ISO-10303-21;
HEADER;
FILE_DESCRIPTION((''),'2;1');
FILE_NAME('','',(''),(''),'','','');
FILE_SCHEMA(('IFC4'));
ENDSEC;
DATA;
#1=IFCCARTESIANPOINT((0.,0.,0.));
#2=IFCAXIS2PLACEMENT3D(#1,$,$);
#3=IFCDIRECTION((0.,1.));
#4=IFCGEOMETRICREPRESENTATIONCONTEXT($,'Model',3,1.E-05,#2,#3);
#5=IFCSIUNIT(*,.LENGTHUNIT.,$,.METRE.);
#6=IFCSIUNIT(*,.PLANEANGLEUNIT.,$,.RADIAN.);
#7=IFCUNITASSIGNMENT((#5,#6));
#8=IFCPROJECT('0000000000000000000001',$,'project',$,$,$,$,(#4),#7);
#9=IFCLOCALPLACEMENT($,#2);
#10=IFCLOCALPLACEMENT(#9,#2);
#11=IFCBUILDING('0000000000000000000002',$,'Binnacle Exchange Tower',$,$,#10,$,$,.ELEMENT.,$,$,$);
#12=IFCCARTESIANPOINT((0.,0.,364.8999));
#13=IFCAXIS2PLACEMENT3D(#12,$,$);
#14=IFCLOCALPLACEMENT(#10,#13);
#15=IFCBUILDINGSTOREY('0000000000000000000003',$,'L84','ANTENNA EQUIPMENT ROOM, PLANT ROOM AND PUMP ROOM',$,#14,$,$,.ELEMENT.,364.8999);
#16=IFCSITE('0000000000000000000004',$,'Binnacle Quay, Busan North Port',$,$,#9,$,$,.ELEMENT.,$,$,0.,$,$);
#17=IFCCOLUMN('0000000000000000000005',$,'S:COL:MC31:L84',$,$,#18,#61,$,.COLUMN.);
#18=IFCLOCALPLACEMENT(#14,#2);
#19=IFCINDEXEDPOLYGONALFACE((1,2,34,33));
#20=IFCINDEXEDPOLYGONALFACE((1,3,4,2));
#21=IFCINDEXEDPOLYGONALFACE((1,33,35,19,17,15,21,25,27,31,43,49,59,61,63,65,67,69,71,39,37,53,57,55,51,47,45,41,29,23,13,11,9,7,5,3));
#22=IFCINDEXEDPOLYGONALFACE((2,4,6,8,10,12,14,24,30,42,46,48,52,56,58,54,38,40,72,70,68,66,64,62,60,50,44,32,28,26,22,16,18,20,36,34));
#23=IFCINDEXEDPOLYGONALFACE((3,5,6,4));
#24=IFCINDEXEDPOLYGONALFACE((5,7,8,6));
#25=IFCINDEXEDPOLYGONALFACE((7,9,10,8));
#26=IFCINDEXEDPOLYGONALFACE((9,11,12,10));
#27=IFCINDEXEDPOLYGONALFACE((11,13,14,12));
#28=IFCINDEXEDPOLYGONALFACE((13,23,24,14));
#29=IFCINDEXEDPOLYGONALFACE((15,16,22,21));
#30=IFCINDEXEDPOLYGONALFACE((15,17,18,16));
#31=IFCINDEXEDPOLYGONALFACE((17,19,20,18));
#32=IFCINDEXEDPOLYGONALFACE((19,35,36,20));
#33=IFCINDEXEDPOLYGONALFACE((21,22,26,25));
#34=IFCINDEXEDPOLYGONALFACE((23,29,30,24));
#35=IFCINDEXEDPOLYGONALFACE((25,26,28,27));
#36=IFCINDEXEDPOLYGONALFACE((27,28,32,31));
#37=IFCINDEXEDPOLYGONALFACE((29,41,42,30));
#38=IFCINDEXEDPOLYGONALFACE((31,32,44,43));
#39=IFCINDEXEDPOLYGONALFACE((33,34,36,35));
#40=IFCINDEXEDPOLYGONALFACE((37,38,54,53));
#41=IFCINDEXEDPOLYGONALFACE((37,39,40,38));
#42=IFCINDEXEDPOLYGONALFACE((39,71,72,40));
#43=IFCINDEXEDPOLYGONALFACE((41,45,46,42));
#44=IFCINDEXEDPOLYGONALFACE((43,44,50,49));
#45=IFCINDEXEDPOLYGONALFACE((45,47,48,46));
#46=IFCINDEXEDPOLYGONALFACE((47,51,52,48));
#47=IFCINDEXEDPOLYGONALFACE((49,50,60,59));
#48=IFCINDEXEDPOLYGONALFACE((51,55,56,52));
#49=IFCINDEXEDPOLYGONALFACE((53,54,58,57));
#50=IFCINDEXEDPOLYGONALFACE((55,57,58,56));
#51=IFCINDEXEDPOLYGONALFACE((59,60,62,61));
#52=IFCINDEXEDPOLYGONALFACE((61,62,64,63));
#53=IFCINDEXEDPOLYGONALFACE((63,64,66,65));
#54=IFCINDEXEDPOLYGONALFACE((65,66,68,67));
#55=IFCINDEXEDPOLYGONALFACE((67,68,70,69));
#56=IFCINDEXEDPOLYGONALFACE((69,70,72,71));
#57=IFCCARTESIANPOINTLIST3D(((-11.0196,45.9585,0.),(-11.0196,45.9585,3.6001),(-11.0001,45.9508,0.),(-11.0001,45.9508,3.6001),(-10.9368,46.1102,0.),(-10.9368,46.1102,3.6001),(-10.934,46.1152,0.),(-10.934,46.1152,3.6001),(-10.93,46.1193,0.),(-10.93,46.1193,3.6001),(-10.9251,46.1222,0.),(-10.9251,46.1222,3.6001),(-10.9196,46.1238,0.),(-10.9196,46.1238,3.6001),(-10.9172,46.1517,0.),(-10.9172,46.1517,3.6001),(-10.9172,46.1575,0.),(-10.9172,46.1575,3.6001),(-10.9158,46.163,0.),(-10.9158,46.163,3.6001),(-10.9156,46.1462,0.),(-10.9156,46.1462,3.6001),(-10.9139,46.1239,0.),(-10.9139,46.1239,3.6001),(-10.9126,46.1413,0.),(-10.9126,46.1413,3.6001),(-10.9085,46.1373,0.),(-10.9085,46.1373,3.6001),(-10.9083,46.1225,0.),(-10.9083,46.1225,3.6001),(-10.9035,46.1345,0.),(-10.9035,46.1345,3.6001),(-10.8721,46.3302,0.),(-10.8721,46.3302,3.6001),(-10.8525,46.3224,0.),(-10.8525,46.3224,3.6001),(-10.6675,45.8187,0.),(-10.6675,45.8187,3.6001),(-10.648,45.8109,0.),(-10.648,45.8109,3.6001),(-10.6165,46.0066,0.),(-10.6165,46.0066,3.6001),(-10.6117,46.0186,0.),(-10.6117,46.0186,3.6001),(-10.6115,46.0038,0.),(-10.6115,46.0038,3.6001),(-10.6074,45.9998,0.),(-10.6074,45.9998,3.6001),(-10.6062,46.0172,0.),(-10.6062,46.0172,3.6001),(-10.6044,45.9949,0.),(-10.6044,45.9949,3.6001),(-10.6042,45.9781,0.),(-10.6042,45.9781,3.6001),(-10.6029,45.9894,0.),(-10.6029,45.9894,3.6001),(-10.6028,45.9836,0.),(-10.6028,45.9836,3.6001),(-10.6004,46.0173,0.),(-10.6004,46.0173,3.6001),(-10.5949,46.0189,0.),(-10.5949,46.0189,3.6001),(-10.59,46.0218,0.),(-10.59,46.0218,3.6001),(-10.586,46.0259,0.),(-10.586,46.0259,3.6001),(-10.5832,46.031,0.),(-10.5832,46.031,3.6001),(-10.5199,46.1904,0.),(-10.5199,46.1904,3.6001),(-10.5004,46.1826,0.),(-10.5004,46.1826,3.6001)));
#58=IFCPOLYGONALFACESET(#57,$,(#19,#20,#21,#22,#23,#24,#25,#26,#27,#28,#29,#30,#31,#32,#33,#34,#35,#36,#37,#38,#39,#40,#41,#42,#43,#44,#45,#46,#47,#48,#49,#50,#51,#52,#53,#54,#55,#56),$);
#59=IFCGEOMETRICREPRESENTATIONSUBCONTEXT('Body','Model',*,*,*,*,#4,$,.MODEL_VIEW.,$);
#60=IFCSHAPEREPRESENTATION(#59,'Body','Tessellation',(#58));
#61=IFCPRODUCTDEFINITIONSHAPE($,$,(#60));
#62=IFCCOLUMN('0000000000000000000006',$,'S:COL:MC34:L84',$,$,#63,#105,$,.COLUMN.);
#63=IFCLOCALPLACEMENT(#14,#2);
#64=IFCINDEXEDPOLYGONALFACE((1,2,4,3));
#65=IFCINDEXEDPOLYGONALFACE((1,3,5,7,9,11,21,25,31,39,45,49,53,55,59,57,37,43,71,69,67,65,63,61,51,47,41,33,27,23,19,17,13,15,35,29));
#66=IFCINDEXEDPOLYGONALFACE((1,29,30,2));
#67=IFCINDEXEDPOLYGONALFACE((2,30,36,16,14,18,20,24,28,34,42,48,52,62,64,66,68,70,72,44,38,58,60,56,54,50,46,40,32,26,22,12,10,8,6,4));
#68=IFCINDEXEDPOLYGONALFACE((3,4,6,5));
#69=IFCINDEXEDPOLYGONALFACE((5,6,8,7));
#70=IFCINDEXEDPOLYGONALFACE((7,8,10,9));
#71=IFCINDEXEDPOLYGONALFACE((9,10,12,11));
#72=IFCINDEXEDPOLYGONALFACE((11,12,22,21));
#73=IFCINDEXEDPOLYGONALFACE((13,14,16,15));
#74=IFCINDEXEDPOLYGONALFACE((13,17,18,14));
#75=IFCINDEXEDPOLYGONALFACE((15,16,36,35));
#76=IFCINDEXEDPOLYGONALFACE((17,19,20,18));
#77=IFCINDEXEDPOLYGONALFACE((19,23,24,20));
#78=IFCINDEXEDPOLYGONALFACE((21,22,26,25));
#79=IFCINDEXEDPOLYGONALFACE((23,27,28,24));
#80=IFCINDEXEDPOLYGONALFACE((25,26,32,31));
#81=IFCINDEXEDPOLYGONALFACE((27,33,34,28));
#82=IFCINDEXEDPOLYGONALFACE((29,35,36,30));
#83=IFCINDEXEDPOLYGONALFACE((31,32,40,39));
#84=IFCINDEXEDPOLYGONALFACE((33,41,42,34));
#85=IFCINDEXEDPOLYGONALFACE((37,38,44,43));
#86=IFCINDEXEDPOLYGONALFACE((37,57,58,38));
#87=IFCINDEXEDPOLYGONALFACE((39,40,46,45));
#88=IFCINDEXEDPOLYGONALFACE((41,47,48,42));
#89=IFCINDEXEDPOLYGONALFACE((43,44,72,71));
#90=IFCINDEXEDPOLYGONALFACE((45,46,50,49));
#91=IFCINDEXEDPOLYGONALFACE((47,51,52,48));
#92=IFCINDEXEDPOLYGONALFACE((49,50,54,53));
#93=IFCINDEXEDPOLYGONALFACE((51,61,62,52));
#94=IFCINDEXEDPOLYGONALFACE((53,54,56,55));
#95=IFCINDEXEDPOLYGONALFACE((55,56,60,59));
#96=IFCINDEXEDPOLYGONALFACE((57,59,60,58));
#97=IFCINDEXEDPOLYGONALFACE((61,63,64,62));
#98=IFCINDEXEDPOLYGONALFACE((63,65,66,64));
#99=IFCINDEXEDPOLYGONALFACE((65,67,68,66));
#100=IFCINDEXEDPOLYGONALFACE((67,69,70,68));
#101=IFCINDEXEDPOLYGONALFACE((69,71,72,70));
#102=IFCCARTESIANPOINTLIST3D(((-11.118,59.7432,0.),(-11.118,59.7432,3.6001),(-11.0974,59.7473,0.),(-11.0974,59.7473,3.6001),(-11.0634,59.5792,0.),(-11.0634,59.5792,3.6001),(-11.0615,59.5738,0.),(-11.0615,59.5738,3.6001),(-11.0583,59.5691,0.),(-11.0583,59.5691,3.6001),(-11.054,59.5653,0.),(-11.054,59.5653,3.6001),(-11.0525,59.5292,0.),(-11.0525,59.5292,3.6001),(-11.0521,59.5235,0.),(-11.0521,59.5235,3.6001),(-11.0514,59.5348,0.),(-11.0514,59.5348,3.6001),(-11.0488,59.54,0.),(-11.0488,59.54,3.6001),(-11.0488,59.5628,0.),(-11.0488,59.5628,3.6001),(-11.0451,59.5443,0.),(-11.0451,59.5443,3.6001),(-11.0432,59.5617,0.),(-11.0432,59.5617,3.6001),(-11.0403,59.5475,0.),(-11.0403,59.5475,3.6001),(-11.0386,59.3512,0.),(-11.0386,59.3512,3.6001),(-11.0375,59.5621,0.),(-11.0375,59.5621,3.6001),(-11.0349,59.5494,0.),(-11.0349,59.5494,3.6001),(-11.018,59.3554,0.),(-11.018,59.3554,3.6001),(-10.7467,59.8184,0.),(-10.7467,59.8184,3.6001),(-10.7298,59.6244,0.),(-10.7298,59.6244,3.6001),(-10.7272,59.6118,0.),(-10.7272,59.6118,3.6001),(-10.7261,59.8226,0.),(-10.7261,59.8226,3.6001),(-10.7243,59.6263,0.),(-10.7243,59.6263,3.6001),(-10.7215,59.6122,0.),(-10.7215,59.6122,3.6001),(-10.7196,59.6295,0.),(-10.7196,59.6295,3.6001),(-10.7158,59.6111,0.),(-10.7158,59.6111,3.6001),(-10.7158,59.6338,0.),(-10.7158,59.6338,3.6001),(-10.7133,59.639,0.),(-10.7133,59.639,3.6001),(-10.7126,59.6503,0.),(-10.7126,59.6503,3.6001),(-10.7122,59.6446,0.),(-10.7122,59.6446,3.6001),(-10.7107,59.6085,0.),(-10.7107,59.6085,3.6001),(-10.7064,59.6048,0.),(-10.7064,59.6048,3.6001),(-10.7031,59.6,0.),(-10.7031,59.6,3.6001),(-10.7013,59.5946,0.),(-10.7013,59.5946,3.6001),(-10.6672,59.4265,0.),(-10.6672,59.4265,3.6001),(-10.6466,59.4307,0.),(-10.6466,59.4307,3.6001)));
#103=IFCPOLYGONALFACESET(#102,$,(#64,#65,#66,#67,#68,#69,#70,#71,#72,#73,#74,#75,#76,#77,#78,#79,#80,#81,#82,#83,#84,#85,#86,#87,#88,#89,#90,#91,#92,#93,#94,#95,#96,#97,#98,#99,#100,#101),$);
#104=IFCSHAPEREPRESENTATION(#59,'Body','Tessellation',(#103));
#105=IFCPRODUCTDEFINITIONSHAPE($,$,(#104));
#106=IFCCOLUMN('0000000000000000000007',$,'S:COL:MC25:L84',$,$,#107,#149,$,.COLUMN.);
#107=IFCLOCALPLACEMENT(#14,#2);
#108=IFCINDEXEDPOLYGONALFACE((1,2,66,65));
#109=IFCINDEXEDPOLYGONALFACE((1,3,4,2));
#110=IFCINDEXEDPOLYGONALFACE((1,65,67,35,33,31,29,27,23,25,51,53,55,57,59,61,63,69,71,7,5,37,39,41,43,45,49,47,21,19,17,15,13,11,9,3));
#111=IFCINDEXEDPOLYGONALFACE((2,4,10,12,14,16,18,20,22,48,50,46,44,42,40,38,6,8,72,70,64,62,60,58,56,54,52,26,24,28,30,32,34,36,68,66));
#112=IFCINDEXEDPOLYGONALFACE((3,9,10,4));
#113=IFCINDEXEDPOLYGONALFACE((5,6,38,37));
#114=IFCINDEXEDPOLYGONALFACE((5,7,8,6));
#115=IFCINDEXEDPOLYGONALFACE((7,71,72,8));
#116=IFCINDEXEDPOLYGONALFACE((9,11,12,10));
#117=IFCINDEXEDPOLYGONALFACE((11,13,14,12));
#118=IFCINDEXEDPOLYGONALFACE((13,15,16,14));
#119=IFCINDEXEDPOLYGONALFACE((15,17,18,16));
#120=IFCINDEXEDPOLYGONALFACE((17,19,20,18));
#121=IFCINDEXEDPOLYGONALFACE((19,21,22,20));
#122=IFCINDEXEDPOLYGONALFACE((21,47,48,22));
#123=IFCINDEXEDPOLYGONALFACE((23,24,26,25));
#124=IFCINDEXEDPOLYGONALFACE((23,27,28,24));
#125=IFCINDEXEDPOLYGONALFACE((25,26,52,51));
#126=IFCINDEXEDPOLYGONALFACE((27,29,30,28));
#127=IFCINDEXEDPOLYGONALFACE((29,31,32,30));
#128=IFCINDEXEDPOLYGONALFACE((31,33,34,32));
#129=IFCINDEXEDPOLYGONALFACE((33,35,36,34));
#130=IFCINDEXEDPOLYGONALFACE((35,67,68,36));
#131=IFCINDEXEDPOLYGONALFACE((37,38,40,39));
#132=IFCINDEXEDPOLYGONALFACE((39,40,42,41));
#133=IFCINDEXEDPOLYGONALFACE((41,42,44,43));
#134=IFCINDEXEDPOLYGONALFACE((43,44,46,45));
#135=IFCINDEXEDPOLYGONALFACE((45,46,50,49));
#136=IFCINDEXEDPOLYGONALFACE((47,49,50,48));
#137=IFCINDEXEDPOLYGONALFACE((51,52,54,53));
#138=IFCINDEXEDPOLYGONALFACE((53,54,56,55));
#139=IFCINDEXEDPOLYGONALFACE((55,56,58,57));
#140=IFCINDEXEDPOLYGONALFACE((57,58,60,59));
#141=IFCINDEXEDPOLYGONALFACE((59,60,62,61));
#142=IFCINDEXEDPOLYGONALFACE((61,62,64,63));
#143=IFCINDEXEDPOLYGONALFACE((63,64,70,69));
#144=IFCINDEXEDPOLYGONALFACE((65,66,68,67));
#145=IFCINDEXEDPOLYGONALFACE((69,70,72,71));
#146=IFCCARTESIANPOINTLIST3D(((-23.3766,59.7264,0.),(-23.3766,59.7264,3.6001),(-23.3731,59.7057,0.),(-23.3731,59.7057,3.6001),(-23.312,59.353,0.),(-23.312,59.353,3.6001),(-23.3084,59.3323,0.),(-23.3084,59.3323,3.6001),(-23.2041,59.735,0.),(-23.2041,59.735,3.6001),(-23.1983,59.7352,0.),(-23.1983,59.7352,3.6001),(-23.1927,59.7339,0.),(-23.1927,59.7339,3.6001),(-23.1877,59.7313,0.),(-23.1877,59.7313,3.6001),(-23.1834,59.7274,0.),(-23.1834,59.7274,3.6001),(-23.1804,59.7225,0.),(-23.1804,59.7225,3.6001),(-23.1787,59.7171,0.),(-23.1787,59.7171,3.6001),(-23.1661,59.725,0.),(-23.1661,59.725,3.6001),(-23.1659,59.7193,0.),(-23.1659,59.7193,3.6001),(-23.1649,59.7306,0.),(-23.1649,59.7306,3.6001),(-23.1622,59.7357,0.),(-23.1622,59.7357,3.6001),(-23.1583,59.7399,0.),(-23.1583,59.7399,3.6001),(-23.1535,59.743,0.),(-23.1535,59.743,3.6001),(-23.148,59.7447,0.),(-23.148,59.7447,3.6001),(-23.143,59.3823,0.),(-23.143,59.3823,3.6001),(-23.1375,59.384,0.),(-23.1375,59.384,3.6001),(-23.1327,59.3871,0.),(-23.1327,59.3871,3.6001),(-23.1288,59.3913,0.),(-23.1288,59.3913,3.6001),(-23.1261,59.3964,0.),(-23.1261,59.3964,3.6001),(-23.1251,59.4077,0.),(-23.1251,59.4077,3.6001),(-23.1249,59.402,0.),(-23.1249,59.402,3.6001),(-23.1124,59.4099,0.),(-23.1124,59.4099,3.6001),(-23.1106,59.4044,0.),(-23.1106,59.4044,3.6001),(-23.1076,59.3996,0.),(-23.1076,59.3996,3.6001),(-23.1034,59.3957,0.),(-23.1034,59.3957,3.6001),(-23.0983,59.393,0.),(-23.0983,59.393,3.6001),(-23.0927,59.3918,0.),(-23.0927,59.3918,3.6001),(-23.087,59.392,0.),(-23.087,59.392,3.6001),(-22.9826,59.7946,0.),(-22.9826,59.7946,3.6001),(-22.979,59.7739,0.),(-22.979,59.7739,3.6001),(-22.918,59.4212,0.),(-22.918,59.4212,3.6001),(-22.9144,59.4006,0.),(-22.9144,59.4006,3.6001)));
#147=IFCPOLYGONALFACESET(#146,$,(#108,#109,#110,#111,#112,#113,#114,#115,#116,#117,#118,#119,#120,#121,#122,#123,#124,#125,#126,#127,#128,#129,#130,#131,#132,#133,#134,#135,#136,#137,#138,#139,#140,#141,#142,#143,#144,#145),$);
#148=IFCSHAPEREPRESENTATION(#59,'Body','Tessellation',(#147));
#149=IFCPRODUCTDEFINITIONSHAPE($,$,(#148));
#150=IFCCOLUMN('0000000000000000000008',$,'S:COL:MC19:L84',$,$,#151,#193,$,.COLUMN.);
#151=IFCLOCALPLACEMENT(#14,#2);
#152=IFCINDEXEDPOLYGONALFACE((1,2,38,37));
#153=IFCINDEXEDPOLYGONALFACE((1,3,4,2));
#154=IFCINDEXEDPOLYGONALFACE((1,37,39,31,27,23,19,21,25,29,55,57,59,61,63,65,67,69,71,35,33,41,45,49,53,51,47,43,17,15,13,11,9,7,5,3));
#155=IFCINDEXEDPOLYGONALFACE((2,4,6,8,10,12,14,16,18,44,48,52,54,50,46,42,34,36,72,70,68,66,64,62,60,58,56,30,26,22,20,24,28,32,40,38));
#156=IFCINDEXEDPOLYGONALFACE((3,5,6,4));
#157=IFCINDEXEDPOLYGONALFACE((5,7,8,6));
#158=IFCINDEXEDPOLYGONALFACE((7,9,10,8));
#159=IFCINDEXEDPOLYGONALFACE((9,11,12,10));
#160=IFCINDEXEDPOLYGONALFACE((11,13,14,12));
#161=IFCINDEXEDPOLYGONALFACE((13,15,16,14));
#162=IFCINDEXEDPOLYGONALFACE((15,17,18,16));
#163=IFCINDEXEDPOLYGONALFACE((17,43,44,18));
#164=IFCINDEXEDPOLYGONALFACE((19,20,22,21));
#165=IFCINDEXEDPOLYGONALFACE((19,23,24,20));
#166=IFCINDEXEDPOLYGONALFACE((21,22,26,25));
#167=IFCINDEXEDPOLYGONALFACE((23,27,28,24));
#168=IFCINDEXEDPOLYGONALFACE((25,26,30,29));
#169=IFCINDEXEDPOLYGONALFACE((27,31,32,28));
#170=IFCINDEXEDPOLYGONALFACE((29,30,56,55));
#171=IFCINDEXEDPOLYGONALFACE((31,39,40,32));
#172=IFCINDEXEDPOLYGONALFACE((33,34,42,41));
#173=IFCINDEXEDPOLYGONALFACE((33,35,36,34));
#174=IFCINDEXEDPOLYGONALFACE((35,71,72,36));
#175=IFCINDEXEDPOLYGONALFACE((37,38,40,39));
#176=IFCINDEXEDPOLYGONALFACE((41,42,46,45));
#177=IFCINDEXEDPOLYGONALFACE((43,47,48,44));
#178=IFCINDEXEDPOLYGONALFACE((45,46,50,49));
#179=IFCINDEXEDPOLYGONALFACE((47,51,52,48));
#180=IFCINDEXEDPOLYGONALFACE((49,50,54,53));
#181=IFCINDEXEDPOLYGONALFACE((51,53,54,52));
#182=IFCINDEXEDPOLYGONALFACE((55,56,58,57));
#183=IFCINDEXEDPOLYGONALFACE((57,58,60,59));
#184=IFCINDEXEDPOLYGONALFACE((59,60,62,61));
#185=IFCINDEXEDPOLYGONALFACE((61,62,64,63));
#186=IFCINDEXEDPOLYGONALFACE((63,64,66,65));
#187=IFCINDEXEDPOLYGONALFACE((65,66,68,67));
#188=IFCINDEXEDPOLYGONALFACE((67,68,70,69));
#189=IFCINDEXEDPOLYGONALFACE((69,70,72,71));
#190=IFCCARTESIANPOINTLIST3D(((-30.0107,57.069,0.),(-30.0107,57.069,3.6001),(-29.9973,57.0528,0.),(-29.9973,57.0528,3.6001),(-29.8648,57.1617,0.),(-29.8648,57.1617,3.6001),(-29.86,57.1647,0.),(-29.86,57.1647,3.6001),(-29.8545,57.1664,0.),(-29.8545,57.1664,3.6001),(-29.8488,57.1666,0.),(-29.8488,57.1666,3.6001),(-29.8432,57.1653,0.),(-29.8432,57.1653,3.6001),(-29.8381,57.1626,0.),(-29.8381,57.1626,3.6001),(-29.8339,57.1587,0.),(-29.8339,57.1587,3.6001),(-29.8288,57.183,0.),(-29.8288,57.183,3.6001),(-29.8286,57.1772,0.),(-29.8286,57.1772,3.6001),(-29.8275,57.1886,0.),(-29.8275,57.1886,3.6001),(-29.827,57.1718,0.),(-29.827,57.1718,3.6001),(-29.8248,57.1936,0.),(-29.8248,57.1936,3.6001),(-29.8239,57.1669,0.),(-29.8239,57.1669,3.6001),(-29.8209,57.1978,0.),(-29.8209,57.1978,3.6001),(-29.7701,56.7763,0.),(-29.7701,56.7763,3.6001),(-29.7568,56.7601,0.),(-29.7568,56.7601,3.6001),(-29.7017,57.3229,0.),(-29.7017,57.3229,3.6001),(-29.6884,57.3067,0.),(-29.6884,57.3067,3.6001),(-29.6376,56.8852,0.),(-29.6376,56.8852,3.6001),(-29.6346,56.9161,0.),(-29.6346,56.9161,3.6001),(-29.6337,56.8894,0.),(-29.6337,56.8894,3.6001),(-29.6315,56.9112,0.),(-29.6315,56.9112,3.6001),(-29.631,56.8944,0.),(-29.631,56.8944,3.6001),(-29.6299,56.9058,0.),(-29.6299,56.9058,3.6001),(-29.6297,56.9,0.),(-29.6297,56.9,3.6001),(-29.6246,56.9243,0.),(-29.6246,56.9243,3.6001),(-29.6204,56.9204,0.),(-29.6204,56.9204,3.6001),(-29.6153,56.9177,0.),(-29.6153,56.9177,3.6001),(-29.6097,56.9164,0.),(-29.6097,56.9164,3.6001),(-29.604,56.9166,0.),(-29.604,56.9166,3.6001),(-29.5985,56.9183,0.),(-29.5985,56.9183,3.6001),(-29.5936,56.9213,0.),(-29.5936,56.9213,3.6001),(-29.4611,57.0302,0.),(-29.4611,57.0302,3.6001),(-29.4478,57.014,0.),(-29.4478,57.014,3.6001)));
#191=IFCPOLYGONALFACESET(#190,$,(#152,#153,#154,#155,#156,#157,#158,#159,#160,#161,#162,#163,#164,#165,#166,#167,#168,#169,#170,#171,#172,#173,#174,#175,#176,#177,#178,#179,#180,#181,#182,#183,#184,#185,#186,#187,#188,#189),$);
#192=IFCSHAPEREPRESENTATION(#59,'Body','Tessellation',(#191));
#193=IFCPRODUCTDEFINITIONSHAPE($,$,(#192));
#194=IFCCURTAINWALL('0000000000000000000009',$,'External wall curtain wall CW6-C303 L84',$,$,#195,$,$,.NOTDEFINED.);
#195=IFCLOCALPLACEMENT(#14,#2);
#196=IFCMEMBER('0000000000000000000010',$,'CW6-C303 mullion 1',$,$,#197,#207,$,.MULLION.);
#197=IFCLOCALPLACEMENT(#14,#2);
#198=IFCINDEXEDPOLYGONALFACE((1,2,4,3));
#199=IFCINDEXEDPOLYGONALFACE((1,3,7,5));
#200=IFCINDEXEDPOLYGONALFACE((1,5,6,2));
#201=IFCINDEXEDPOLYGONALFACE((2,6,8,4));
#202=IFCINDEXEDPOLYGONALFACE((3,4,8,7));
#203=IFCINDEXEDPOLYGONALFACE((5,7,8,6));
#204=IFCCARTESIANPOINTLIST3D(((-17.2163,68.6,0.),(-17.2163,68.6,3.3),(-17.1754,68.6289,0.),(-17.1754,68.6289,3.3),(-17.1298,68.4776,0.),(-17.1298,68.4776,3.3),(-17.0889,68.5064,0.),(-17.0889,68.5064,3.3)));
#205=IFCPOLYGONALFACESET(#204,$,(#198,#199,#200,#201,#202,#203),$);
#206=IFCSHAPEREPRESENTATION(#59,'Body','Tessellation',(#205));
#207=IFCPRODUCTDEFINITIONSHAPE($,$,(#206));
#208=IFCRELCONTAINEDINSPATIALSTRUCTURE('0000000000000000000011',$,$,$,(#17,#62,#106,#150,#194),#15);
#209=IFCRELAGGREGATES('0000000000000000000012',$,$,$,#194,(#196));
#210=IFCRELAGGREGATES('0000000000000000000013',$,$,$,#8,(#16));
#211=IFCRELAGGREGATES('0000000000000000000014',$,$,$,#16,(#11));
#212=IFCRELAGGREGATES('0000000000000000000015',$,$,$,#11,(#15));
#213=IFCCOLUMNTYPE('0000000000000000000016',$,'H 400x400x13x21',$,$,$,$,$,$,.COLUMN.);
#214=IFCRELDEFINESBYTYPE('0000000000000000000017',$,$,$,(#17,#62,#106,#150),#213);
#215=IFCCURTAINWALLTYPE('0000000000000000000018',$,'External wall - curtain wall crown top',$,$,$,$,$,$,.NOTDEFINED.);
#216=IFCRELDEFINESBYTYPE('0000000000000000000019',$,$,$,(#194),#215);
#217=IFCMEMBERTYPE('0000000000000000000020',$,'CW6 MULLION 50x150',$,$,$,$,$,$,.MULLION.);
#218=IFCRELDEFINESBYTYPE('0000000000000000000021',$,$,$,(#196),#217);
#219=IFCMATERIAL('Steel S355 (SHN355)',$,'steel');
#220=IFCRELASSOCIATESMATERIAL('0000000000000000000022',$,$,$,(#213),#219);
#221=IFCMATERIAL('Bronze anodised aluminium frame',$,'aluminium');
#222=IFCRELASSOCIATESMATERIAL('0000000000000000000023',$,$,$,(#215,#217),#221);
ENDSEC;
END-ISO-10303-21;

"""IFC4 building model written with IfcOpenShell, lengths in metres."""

from ifc_helpers import new_model, si_unit, direction, frame, origin, origin_2d, place, context, subcontext, project, spatial, rectangle, i_section, extrude, material, material_profile, profile_set, type_object, element, aggregate, save


model = new_model("IFC4")

# Units and contexts
model_context = context("Model", 3, precision=1e-05, world=origin(), true_north=direction((0.0, 1.0)))
body_context = subcontext(model_context, "Body", "Model", "MODEL_VIEW")
ifc_project = project(units=[si_unit("LENGTHUNIT", "METRE"), si_unit("PLANEANGLEUNIT", "RADIAN")], contexts=[model_context])

# Site, building, storey
site_placement = place(None, origin())
site = spatial("IfcSite", under=ifc_project, at=site_placement, Name="Binnacle Quay, Busan North Port", CompositionType="ELEMENT", RefElevation=0.0)
building_placement = place(site_placement, origin())
building = spatial("IfcBuilding", under=site, at=building_placement, Name="Binnacle Exchange Tower", CompositionType="ELEMENT")
storey_placement = place(building_placement, frame((0.0, 0.0, 364.8999)))
storey = spatial("IfcBuildingStorey", under=building, at=storey_placement, Name="L84", Description="ANTENNA EQUIPMENT ROOM, PLANT ROOM AND PUMP ROOM", CompositionType="ELEMENT", Elevation=364.8999)

# Columns
ifc_material_1 = material(Name="Steel S355 (SHN355)", Category="steel")
ifc_material_profile_1 = material_profile(ifc_material_1, i_section(OverallWidth=0.3999, OverallDepth=0.3999, WebThickness=0.0129, FlangeThickness=0.021, FilletRadius=0.022, at=origin_2d()), Name="H 400x400x13x21")
ifc_profile_set_1 = profile_set([ifc_material_profile_1], Name="Steel S355 (SHN355)")
column_type = type_object("IfcColumnType", Name="H 400x400x13x21", PredefinedType="COLUMN", material=ifc_profile_set_1)
for number, where, z_axis, x_axis, name in (
    (1, (-10.76, 46.0706, 0.0), (0.0, 0.0, 1.0), (0.369033, 0.929416, 0.0), "S:COL:MC31:L84"),
    (2, (-10.8823, 59.5869, 0.0), (0.0, 0.0, 1.0), (-0.198667, 0.980067, 0.0), "S:COL:MC34:L84"),
    (3, (-23.1455, 59.5635, 0.0), (0.0, 0.0, 1.0), (0.985345, 0.170571, 0.0), "S:COL:MC25:L84"),
    (4, (-29.7292, 57.0415, 0.0), (0.0, 0.0, 1.0), (-0.772556, -0.634946, 0.0), "S:COL:MC19:L84"),
):
    element("IfcColumn", number, at=place(storey_placement, frame(where, z_axis=z_axis, x_axis=x_axis)), inside=storey, type_object=column_type, Name=name, PredefinedType="COLUMN", context=body_context, shape_type="SweptSolid", body=[
        extrude(i_section(OverallWidth=0.3999, OverallDepth=0.3999, WebThickness=0.0129, FlangeThickness=0.021, FilletRadius=0.022, at=origin_2d()), origin(), (0.0, 0.0, 1.0), 3.6001),
    ])

# Curtain wall, member
ifc_material_2 = material(Name="Bronze anodised aluminium frame", Category="aluminium")
curtain_wall_type = type_object("IfcCurtainWallType", Name="External wall - curtain wall crown top", PredefinedType="NOTDEFINED", material=ifc_material_2)
curtain_wall_1_placement = place(storey_placement, origin())
curtain_wall_1 = element("IfcCurtainWall", 5, at=curtain_wall_1_placement, inside=storey, type_object=curtain_wall_type, Name="External wall curtain wall CW6-C303 L84", PredefinedType="NOTDEFINED")
ifc_material_profile_2 = material_profile(ifc_material_2, rectangle(XDim=0.1499, YDim=0.05, at=origin_2d()), Name="AL 50x150")
ifc_profile_set_2 = profile_set([ifc_material_profile_2], Name="Bronze anodised aluminium frame")
member_type_1 = type_object("IfcMemberType", Name="CW6 MULLION 50x150", PredefinedType="MULLION", material=ifc_profile_set_2)
member_1_placement = place(storey_placement, frame((-17.1526, 68.5532, 0.0), z_axis=(0.0, 0.0, 1.0), x_axis=(0.576854, -0.816847, 0.0)))
member_1 = element("IfcMember", 6, at=member_1_placement, type_object=member_type_1, Name="CW6-C303 mullion 1", PredefinedType="MULLION", context=body_context, shape_type="SweptSolid", body=[
    extrude(rectangle(XDim=0.1499, YDim=0.05, at=origin_2d()), origin(), (0.0, 0.0, 1.0), 3.3),
])

aggregate(curtain_wall_1, [member_1])

save(model, "model.ifc")
